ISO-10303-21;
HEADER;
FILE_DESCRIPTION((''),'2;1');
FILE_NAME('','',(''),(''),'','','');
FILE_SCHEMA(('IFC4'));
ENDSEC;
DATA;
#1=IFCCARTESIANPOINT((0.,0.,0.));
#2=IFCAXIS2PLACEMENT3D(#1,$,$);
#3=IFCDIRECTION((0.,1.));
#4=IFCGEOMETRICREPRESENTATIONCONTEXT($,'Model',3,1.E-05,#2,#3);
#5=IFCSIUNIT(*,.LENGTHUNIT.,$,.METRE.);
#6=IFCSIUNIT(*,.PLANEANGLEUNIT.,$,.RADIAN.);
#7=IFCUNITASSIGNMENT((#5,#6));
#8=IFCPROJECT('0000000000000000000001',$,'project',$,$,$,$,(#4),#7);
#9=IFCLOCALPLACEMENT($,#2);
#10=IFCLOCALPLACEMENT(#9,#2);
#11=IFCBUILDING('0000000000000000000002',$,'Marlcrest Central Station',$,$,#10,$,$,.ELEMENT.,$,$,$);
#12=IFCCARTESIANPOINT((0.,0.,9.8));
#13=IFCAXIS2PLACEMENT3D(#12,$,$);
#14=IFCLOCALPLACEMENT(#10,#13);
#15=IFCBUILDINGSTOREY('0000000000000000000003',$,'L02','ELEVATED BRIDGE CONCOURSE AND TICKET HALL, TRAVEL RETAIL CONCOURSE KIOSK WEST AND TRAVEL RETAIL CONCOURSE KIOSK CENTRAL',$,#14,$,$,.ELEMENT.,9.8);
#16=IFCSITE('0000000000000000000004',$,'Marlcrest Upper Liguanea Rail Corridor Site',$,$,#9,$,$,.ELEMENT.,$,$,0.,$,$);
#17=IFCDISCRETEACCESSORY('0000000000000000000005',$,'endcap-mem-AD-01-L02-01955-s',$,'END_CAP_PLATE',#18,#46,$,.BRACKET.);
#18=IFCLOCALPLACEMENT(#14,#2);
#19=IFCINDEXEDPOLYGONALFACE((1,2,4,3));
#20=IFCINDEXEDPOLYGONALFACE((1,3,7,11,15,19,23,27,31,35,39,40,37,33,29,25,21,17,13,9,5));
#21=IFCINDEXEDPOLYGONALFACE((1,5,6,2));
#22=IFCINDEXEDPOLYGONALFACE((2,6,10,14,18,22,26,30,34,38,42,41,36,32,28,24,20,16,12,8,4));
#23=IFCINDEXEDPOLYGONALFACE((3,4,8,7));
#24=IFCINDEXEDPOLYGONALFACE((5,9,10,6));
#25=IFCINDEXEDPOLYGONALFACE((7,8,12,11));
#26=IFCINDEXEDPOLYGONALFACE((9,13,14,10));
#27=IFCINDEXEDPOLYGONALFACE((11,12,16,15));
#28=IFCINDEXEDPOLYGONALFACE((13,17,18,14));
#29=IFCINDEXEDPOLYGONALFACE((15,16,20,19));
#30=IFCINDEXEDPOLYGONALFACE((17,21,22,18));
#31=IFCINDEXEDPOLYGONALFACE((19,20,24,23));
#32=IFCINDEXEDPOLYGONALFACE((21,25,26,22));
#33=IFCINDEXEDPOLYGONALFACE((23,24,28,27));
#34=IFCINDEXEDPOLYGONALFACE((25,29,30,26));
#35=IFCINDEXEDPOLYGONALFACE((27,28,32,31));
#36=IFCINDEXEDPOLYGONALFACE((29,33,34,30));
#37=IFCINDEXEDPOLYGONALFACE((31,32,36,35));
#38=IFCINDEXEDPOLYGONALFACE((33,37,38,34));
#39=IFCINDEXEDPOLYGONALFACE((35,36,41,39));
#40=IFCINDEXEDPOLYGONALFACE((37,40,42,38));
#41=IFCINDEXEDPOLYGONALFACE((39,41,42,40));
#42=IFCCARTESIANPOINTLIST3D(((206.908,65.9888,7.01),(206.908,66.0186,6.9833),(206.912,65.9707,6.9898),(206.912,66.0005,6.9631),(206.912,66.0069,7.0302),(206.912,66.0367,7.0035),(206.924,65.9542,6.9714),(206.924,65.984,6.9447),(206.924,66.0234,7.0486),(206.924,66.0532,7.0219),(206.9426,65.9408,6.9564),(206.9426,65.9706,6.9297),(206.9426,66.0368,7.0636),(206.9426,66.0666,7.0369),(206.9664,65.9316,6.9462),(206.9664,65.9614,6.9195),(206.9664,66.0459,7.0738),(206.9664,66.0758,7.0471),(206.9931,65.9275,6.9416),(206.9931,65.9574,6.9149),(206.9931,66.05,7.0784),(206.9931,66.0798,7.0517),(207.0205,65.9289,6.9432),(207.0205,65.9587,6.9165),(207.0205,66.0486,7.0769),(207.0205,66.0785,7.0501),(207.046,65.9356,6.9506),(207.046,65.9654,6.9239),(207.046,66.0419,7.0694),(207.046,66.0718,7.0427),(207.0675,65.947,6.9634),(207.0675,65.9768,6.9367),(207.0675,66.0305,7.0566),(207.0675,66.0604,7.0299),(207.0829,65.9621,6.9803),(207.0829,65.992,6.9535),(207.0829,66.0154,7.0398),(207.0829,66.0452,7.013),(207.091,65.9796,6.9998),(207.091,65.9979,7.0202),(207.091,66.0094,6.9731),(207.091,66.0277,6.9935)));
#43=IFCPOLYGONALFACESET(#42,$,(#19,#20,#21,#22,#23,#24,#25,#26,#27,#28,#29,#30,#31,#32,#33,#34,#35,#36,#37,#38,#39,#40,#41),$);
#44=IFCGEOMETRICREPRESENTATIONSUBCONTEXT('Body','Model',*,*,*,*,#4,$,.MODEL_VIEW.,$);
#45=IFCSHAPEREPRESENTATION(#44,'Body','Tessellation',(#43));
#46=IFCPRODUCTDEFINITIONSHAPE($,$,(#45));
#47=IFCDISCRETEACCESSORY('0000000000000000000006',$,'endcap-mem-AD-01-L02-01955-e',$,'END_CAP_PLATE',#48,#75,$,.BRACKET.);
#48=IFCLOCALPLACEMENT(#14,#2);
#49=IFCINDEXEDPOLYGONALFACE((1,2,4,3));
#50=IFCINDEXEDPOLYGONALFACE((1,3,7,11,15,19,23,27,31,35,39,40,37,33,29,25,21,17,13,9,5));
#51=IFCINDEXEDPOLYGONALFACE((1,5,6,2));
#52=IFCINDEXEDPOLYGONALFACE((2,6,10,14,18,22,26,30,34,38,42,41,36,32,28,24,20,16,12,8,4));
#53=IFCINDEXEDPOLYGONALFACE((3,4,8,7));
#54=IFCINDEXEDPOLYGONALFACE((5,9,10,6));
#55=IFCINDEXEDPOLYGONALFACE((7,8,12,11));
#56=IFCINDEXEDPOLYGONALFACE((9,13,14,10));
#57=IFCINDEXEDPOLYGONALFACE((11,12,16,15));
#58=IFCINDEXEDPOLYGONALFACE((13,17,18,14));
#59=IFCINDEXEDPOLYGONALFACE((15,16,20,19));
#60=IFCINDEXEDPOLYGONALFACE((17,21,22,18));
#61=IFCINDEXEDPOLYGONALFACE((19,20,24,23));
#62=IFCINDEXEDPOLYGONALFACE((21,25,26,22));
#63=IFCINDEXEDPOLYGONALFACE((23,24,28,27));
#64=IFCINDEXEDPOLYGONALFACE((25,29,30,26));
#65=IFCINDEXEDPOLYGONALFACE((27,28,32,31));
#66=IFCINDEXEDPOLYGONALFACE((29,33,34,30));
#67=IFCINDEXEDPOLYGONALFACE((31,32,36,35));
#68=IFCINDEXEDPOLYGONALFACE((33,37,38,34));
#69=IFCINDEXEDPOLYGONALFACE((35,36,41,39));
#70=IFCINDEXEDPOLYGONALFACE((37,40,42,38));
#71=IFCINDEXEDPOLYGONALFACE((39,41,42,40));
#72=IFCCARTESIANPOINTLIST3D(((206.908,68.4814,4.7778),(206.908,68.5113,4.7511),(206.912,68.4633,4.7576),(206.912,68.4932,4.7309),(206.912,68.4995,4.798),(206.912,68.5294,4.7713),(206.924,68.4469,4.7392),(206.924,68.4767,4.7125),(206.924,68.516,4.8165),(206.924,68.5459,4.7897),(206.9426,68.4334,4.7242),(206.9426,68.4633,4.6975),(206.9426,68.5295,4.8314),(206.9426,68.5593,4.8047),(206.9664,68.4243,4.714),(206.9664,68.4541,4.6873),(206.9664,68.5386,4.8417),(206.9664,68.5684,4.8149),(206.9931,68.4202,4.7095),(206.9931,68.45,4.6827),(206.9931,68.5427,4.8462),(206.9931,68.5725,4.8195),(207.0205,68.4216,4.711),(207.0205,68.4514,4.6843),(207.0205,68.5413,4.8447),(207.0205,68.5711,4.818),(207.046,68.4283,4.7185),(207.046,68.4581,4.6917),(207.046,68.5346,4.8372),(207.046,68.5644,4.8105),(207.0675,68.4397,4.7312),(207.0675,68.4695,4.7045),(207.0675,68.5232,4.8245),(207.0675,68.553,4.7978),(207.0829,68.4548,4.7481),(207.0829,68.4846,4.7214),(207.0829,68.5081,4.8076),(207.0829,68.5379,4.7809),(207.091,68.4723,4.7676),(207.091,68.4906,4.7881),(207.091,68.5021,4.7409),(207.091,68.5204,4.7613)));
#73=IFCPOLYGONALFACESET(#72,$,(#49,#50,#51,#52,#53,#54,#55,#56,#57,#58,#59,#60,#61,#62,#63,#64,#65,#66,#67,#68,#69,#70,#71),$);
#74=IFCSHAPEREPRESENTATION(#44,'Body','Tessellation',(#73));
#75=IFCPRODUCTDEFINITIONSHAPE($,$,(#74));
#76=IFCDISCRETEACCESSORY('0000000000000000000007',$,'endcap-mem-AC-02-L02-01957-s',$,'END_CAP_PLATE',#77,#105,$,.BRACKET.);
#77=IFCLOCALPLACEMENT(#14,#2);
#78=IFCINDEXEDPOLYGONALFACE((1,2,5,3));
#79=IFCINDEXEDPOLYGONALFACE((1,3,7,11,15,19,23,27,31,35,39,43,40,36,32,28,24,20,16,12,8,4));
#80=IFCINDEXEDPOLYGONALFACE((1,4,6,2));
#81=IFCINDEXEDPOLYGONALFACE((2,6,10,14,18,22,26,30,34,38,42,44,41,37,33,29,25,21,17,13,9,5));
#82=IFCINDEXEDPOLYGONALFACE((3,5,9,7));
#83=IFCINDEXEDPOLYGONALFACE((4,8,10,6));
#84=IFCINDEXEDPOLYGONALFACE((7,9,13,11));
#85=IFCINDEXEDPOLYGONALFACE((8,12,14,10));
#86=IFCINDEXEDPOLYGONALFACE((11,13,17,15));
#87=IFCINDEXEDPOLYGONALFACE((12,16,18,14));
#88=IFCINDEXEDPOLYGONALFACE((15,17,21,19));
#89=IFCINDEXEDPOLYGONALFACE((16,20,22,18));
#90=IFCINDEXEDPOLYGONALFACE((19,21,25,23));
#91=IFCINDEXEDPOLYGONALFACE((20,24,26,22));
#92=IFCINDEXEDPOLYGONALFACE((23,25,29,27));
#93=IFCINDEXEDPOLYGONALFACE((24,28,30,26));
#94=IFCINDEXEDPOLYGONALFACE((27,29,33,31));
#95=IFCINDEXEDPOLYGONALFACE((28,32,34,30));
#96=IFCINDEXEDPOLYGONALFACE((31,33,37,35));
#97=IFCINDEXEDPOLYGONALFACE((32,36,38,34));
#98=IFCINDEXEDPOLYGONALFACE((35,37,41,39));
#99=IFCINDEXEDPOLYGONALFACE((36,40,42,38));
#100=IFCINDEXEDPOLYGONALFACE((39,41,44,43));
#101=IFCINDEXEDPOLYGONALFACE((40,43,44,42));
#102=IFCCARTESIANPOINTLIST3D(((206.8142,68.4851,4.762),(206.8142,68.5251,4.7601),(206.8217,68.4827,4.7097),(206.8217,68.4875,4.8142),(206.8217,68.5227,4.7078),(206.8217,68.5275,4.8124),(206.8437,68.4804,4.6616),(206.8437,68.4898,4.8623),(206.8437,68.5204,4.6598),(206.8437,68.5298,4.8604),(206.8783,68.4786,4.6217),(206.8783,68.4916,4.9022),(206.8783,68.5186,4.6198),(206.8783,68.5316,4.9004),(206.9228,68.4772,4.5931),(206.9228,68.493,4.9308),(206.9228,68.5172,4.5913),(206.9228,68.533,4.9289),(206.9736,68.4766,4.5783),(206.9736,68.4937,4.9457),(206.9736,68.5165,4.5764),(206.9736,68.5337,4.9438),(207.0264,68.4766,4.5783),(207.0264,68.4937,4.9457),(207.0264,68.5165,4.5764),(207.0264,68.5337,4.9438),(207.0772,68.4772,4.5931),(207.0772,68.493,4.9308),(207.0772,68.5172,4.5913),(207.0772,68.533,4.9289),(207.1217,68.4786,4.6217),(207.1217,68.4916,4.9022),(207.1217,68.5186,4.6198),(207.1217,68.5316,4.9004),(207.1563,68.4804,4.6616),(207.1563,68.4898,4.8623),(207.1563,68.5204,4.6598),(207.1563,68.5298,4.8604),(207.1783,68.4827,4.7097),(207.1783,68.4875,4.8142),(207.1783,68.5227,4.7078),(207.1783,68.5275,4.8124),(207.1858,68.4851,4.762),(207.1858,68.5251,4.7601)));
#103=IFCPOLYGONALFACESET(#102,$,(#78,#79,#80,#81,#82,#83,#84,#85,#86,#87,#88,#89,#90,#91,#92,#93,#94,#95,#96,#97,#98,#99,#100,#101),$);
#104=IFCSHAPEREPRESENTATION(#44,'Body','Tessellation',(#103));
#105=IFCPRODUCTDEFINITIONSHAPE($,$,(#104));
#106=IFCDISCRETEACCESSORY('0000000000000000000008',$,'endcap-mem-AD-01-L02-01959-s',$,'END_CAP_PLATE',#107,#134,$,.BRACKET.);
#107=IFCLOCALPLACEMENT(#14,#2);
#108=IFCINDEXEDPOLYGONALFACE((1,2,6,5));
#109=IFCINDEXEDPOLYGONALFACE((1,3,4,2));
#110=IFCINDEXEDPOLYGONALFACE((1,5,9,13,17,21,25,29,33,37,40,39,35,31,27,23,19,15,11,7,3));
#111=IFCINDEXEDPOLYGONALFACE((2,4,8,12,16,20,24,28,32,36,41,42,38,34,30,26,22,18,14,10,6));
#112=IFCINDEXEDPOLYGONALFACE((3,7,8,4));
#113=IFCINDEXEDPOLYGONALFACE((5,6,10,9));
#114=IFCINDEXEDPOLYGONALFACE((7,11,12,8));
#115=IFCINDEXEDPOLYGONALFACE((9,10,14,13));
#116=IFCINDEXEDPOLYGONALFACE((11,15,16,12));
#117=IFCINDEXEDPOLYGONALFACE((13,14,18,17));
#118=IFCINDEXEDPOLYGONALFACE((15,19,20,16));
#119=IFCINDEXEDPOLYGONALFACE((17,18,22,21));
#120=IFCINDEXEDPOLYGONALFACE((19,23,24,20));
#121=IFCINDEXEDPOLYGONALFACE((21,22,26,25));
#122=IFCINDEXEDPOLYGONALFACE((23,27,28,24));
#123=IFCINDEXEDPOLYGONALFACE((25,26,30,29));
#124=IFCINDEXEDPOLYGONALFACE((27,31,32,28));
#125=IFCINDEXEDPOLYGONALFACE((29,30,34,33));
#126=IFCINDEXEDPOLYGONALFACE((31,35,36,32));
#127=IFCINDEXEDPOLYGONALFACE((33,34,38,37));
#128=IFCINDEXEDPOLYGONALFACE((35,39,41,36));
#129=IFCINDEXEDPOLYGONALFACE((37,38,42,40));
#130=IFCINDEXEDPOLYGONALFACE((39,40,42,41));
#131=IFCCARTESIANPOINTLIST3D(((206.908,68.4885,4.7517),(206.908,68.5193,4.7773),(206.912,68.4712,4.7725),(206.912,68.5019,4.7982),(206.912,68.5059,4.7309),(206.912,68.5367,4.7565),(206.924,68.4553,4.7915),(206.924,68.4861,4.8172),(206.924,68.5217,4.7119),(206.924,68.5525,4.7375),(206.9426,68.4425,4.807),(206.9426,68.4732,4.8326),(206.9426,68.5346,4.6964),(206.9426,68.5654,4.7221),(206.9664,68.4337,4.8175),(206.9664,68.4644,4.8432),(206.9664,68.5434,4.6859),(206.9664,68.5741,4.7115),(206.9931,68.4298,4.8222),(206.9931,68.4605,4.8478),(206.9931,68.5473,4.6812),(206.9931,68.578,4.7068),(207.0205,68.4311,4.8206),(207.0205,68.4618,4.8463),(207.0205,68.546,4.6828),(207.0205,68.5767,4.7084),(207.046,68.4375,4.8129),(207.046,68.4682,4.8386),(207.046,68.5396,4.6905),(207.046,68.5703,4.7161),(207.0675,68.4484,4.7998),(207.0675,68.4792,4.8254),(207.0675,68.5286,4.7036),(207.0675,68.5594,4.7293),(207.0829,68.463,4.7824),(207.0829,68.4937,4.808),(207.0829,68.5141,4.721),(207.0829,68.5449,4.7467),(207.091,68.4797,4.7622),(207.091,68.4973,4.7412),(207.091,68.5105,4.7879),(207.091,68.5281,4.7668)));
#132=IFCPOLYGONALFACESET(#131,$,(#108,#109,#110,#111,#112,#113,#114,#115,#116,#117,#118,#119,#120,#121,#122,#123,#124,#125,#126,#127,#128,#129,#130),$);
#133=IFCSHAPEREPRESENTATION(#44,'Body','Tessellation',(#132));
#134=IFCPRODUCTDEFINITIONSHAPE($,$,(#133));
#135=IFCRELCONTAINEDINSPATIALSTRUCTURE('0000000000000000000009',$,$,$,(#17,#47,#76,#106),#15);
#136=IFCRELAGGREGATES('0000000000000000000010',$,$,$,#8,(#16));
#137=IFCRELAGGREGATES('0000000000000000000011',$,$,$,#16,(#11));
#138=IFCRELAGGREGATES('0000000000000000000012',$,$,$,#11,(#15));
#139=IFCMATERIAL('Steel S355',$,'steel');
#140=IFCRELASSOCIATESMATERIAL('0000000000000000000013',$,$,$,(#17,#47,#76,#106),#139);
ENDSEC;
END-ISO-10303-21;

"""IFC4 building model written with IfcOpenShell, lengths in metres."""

from ifc_helpers import new_model, si_unit, direction, frame, origin, origin_2d, place, context, subcontext, project, spatial, circle, extrude, material, element, save


model = new_model("IFC4")

# Units and contexts
model_context = context("Model", 3, precision=1e-05, world=origin(), true_north=direction((0.0, 1.0)))
body_context = subcontext(model_context, "Body", "Model", "MODEL_VIEW")
ifc_project = project(units=[si_unit("LENGTHUNIT", "METRE"), si_unit("PLANEANGLEUNIT", "RADIAN")], contexts=[model_context])

# Site, building, storey
site_placement = place(None, origin())
site = spatial("IfcSite", under=ifc_project, at=site_placement, Name="Marlcrest Upper Liguanea Rail Corridor Site", CompositionType="ELEMENT", RefElevation=0.0)
building_placement = place(site_placement, origin())
building = spatial("IfcBuilding", under=site, at=building_placement, Name="Marlcrest Central Station", CompositionType="ELEMENT")
storey_placement = place(building_placement, frame((0.0, 0.0, 9.8)))
storey = spatial("IfcBuildingStorey", under=building, at=storey_placement, Name="L02", Description="ELEVATED BRIDGE CONCOURSE AND TICKET HALL, TRAVEL RETAIL CONCOURSE KIOSK WEST AND TRAVEL RETAIL CONCOURSE KIOSK CENTRAL", CompositionType="ELEMENT", Elevation=9.8)

# Shared definitions
ifc_material = material(Name="Steel S355", Category="steel")

# Discrete accessories
for number, where, z_axis, x_axis, name in (
    (1, (207.0, 65.9888, 7.01), (0.0, 0.744956, -0.667114), (-1.0, 0.0, 0.0), "endcap-mem-AD-01-L02-01955-s"),
    (2, (207.0, 68.4814, 4.7778), (0.0, 0.744956, -0.667114), (-1.0, 0.0, 0.0), "endcap-mem-AD-01-L02-01955-e"),
):
    element("IfcDiscreteAccessory", number, at=place(storey_placement, frame(where, z_axis=z_axis, x_axis=x_axis)), inside=storey, material=ifc_material, Name=name, ObjectType="END_CAP_PLATE", PredefinedType="BRACKET", context=body_context, shape_type="SweptSolid", body=[
        extrude(circle(Radius=0.092, at=origin_2d()), origin(), (0.0, 0.0, 1.0), 0.04),
    ])
discrete_accessory_1_placement = place(storey_placement, frame((207.0, 68.4851, 4.762), z_axis=(0.0, 0.998917, -0.046532), x_axis=(-1.0, 0.0, 0.0)))
element("IfcDiscreteAccessory", 3, at=discrete_accessory_1_placement, inside=storey, material=ifc_material, Name="endcap-mem-AC-02-L02-01957-s", ObjectType="END_CAP_PLATE", PredefinedType="BRACKET", context=body_context, shape_type="SweptSolid", body=[
    extrude(circle(Radius=0.1858, at=origin_2d()), origin(), (0.0, 0.0, 1.0), 0.04),
])
discrete_accessory_2_placement = place(storey_placement, frame((207.0, 68.4885, 4.7517), z_axis=(0.0, 0.76816, 0.640258), x_axis=(-1.0, 0.0, 0.0)))
element("IfcDiscreteAccessory", 4, at=discrete_accessory_2_placement, inside=storey, material=ifc_material, Name="endcap-mem-AD-01-L02-01959-s", ObjectType="END_CAP_PLATE", PredefinedType="BRACKET", context=body_context, shape_type="SweptSolid", body=[
    extrude(circle(Radius=0.092, at=origin_2d()), origin(), (0.0, 0.0, 1.0), 0.04),
])

save(model, "model.ifc")
